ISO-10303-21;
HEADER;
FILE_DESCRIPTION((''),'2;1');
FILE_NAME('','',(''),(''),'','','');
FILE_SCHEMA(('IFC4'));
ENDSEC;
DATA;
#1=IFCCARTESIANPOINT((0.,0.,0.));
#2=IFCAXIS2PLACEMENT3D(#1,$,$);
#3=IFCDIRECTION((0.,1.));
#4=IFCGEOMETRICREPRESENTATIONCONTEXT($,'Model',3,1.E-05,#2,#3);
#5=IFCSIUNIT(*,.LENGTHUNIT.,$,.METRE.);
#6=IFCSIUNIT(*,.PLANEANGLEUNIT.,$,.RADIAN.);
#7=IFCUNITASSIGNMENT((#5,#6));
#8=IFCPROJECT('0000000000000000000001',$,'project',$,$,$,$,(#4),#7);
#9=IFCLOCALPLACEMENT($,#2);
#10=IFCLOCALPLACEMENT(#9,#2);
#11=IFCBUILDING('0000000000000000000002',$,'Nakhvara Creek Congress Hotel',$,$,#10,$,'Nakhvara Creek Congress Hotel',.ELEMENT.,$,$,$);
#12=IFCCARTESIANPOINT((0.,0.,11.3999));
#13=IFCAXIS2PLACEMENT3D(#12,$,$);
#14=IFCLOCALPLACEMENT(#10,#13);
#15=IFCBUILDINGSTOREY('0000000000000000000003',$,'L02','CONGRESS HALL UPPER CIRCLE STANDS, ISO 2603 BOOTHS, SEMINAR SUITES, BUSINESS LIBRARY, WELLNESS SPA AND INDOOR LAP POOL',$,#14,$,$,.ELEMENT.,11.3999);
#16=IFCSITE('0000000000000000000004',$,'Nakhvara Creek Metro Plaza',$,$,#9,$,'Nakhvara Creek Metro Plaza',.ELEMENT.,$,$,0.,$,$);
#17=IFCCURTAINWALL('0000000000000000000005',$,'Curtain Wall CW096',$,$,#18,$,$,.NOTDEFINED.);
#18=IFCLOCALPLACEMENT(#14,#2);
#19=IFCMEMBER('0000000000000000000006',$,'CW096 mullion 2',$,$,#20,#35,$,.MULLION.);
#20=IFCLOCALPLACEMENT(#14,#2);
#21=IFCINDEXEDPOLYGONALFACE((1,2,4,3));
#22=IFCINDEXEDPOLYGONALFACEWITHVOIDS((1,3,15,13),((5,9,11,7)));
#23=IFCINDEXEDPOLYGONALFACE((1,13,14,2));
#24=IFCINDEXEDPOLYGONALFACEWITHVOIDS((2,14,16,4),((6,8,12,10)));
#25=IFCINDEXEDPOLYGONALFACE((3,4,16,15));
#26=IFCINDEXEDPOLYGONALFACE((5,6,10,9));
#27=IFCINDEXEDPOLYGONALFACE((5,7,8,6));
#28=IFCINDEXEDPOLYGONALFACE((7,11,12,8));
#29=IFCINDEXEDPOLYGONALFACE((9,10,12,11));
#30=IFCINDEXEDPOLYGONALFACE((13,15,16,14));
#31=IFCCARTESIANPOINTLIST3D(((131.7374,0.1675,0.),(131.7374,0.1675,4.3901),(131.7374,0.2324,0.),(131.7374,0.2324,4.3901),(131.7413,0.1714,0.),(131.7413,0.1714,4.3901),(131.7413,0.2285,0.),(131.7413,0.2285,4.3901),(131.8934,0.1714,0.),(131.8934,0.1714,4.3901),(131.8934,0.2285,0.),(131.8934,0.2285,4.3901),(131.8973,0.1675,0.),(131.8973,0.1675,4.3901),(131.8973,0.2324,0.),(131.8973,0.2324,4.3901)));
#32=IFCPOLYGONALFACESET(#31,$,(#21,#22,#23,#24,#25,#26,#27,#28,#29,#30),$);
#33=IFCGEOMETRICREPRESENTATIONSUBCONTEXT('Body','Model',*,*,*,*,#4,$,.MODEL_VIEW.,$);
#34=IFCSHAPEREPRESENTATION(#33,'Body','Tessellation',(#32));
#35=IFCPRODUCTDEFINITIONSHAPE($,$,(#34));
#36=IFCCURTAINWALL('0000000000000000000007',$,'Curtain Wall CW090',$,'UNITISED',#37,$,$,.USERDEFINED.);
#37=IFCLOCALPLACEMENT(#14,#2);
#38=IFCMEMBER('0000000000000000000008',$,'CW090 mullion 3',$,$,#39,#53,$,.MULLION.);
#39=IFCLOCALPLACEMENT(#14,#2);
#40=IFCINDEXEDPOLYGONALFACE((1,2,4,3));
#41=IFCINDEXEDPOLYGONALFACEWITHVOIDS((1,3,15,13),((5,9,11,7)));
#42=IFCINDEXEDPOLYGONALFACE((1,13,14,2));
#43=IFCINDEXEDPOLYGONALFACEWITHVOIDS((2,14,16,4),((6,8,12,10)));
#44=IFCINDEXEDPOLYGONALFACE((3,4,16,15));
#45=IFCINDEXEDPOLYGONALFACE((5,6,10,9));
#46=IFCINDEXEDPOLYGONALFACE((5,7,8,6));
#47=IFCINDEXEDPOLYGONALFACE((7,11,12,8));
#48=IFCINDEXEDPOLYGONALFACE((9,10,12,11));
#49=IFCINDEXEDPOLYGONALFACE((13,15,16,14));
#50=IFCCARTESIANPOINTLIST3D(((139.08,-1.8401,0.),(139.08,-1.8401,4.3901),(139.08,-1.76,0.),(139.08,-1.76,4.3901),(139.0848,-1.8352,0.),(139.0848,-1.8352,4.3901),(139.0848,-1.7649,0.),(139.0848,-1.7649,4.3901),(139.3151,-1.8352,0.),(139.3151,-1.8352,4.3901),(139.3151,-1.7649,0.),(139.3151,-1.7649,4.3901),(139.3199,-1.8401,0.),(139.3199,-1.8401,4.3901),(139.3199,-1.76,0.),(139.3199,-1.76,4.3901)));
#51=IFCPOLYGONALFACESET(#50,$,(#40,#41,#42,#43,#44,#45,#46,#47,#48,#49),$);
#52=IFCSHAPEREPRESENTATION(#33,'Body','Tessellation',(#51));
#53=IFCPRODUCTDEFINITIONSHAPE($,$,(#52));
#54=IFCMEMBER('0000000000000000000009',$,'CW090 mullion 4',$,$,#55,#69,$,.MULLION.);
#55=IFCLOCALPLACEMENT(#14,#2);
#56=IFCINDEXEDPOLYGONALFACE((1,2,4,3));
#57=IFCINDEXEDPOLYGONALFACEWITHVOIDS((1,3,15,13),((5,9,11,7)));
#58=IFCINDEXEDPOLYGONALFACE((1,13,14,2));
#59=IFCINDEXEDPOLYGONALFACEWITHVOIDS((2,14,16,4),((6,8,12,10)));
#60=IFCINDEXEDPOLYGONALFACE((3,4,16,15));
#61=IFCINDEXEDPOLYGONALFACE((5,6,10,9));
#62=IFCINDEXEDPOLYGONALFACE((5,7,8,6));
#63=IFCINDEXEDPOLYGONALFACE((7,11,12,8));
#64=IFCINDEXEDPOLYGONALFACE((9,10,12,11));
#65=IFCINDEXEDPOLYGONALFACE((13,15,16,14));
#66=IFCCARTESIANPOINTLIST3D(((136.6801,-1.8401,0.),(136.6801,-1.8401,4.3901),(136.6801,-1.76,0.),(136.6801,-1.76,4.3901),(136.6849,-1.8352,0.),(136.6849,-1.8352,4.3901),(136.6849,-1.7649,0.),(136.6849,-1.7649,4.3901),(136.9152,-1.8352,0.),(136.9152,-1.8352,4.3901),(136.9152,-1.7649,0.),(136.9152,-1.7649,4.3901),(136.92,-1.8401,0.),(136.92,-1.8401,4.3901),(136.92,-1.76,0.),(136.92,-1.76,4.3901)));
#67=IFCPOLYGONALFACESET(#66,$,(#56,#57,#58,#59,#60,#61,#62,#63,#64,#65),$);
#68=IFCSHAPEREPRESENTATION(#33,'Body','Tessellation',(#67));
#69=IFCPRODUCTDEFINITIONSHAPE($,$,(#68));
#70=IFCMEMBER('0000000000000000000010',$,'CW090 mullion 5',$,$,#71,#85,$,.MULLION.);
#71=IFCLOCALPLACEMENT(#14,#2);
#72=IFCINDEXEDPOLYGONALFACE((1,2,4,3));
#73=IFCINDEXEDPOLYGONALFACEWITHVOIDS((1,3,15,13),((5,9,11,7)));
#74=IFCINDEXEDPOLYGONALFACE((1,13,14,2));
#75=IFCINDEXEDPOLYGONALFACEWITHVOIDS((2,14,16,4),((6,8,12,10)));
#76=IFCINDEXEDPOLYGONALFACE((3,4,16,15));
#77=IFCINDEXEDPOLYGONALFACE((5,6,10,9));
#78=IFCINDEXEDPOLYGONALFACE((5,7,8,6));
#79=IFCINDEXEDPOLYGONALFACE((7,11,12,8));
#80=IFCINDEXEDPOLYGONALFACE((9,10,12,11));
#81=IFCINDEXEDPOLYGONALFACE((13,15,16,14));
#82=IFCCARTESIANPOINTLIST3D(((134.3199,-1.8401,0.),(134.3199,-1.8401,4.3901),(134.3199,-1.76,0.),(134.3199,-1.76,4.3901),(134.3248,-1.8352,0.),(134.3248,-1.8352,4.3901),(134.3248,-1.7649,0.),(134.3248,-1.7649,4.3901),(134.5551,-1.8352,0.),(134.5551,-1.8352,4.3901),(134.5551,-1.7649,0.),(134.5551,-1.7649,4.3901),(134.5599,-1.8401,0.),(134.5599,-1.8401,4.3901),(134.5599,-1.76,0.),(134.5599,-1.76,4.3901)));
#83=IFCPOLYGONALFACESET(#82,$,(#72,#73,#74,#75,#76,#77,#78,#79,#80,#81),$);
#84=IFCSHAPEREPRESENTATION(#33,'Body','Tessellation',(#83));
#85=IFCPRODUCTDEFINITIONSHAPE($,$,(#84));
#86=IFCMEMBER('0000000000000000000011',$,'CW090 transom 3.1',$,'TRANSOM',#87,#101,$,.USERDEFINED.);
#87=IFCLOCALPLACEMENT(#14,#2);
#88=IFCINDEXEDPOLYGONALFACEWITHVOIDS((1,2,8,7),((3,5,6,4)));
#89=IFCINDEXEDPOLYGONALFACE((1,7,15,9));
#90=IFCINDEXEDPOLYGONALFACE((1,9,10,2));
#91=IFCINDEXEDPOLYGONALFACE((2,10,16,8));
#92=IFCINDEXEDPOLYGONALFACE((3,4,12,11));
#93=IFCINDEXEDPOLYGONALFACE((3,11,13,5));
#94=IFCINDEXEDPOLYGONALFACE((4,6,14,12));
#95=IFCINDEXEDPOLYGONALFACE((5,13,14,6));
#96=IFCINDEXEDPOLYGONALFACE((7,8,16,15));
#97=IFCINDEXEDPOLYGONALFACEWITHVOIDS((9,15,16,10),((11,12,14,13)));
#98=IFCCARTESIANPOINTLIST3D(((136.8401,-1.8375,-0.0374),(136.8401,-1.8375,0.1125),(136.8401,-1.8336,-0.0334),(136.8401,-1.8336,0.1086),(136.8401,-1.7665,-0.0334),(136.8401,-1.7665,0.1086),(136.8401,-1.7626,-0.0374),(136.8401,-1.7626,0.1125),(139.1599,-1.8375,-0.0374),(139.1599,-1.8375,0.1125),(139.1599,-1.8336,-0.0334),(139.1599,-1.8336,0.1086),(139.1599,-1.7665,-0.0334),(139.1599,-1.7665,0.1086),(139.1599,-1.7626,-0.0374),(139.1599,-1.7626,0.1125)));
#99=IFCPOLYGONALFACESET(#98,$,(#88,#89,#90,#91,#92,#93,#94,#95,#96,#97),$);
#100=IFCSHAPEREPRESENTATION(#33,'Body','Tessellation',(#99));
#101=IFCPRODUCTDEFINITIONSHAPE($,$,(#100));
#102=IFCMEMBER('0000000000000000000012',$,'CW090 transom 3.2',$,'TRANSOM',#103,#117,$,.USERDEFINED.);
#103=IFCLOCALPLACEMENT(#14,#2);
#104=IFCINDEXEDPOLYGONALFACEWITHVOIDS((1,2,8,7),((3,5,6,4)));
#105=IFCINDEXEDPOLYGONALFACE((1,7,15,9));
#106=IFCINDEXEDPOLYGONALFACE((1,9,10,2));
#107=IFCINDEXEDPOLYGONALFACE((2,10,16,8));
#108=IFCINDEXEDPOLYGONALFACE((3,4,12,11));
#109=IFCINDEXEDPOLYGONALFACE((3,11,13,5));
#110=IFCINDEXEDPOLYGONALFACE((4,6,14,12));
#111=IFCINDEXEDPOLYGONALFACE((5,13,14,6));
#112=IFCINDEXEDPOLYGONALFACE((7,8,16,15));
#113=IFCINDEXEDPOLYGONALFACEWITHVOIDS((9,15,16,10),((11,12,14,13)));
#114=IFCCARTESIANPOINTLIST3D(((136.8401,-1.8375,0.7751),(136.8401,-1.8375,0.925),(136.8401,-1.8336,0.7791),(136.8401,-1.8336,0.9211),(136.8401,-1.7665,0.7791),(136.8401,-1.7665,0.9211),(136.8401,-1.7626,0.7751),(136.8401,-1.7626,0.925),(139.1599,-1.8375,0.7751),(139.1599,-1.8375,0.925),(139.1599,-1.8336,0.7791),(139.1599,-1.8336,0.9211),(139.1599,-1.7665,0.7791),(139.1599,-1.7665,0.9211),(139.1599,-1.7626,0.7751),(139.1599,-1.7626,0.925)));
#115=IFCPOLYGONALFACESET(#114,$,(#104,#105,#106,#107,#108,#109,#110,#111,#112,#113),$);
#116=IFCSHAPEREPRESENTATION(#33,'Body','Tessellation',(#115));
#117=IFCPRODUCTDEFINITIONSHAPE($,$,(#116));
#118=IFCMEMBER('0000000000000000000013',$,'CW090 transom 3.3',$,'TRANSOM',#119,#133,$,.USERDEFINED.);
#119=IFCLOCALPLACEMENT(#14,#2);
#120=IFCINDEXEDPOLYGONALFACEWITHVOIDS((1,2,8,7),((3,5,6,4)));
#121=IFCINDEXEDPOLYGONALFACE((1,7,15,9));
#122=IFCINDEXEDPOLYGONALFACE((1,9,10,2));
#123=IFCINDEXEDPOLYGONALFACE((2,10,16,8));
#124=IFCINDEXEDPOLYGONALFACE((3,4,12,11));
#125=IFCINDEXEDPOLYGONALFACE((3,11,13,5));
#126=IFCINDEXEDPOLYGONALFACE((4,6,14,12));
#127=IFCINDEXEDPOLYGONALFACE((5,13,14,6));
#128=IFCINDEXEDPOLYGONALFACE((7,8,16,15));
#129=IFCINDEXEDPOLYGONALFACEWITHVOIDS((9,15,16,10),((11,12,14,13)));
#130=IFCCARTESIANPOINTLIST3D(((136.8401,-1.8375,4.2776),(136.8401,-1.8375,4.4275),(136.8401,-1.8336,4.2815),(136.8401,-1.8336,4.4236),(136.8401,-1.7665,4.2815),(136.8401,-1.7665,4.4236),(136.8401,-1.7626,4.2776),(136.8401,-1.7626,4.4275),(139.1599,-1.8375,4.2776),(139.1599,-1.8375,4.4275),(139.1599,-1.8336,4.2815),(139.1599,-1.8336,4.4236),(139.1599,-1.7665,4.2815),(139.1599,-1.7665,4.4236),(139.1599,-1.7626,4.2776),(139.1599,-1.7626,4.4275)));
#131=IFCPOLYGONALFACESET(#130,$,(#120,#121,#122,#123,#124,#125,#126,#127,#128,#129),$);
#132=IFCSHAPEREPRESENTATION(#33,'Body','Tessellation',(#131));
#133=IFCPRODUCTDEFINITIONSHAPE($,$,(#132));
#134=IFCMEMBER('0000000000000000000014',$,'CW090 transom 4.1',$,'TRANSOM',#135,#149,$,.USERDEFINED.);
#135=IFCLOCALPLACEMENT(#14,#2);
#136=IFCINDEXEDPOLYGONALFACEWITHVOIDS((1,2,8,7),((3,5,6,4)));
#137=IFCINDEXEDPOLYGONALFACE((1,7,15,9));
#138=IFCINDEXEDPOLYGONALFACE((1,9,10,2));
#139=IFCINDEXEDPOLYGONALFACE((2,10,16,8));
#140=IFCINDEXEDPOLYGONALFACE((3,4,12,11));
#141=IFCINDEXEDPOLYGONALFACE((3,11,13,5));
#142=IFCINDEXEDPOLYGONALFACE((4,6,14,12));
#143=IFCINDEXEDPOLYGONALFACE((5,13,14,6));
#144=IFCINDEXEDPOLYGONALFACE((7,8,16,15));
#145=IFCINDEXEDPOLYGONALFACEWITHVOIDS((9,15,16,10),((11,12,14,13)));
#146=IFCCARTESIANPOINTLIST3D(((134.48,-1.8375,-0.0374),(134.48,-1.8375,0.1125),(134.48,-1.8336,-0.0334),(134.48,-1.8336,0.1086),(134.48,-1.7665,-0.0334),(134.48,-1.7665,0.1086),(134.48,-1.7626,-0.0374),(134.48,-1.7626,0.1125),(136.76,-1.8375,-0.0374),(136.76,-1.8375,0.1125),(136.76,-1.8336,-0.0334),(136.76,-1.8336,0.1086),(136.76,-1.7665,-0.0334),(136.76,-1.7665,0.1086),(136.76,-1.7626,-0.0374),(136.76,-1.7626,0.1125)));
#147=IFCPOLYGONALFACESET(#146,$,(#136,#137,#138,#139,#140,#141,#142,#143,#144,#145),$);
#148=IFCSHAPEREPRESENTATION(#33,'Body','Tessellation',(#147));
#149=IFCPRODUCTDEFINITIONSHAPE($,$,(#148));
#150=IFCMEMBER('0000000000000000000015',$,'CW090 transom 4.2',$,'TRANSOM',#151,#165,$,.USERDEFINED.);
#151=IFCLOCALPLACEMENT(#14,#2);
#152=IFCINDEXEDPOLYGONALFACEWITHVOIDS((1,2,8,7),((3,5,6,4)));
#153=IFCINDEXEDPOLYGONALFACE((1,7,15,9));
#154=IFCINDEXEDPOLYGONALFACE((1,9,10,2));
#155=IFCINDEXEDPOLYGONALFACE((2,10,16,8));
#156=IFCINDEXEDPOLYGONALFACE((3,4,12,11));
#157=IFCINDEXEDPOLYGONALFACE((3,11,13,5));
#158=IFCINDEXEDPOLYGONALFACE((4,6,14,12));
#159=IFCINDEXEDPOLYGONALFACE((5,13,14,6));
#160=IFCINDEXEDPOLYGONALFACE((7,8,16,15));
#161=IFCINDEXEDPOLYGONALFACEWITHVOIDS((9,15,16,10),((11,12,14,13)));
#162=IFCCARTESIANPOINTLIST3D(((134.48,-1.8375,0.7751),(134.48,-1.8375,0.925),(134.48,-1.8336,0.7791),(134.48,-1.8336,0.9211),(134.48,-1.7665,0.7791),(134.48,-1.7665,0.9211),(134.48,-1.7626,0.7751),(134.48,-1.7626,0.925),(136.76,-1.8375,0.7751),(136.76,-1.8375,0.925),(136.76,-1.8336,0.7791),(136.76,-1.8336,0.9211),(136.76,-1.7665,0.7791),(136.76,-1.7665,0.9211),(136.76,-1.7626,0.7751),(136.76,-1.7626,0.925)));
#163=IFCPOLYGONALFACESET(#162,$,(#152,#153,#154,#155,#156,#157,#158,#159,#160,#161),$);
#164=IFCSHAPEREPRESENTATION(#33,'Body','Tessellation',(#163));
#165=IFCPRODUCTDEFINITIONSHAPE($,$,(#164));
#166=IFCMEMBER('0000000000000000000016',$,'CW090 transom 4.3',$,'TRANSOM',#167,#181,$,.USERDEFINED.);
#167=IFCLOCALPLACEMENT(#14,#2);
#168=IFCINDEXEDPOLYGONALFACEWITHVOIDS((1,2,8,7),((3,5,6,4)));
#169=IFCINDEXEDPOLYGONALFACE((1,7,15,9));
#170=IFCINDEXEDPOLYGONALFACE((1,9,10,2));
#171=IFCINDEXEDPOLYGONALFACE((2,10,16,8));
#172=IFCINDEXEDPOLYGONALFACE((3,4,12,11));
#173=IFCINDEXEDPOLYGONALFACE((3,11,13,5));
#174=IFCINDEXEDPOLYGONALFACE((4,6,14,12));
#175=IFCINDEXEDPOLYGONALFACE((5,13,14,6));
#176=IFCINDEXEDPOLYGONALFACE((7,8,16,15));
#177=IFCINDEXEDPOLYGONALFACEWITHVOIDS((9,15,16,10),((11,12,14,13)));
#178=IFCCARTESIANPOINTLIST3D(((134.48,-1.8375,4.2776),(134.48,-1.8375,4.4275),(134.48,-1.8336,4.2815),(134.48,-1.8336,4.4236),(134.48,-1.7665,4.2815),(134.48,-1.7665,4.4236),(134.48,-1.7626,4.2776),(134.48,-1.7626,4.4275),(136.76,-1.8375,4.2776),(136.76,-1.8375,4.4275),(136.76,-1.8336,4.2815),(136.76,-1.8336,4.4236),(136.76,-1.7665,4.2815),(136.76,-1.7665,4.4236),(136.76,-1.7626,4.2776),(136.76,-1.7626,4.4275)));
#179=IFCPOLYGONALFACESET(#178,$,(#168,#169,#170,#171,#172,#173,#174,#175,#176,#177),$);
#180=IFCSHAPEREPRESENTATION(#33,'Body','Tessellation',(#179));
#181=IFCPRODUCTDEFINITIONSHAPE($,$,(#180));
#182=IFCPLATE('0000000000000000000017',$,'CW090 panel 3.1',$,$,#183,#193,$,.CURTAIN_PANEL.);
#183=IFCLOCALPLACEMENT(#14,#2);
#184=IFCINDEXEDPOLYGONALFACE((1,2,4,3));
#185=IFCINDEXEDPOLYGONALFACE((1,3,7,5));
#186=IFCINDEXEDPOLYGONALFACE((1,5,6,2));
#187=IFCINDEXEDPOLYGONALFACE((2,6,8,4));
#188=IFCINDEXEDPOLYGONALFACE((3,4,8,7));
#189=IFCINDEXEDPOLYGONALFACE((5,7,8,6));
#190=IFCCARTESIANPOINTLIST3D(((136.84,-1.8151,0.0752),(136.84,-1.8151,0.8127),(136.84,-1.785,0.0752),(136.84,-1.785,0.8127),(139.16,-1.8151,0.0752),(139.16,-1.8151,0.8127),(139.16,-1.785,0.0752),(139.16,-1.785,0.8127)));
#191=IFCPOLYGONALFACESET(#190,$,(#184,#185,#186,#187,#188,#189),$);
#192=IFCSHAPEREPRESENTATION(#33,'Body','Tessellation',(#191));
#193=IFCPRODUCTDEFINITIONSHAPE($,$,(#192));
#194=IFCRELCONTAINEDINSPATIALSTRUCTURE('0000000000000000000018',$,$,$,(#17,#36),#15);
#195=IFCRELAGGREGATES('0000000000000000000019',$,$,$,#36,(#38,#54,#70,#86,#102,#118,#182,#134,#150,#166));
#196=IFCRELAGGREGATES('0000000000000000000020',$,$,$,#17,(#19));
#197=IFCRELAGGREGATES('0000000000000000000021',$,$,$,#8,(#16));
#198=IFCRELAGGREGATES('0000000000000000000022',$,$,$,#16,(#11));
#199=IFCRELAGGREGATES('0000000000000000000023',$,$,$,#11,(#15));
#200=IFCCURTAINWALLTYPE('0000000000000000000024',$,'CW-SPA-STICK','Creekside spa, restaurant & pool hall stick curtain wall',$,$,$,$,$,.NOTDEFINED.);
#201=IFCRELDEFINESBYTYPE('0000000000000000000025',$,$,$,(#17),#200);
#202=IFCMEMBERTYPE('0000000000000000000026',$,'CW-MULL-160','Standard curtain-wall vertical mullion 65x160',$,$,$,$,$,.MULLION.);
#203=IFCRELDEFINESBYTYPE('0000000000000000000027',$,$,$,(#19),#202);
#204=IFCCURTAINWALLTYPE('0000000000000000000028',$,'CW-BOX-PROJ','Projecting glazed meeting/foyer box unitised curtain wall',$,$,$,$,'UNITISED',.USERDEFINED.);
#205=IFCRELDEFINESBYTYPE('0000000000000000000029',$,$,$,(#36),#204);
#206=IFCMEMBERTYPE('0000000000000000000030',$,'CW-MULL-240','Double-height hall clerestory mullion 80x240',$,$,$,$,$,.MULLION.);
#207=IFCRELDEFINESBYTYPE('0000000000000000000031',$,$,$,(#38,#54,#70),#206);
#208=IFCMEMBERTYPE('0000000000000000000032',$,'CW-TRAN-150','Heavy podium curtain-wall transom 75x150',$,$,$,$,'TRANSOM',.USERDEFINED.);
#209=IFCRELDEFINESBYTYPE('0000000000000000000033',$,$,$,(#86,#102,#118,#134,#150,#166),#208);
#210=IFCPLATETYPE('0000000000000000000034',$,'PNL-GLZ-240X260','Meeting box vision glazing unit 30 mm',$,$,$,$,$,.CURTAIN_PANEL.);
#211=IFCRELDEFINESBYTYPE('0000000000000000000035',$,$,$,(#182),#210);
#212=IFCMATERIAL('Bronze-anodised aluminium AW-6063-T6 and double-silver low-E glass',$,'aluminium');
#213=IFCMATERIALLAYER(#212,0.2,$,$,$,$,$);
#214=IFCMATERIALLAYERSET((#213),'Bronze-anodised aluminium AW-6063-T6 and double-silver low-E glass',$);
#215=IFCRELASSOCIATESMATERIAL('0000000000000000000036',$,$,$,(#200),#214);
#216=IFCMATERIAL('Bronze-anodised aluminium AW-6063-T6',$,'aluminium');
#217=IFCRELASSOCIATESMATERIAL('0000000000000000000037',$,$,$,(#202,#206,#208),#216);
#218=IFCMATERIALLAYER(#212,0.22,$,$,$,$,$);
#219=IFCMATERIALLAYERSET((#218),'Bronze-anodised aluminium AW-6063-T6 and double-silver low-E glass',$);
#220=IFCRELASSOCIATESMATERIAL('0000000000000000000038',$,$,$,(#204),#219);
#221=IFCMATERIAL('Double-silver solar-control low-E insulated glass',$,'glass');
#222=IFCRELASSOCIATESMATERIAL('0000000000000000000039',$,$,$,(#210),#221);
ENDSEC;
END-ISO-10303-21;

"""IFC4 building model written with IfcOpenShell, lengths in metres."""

from ifc_helpers import new_model, si_unit, direction, frame, origin, origin_2d, place, context, subcontext, project, spatial, rectangle, hollow_rectangle, extrude, material, layer, layer_set, material_profile, profile_set, type_object, element, aggregate, save


model = new_model("IFC4")

# Units and contexts
model_context = context("Model", 3, precision=1e-05, world=origin(), true_north=direction((0.0, 1.0)))
body_context = subcontext(model_context, "Body", "Model", "MODEL_VIEW")
ifc_project = project(units=[si_unit("LENGTHUNIT", "METRE"), si_unit("PLANEANGLEUNIT", "RADIAN")], contexts=[model_context])

# Site, building, storey
site_placement = place(None, origin())
site = spatial("IfcSite", under=ifc_project, at=site_placement, Name="Nakhvara Creek Metro Plaza", LongName="Nakhvara Creek Metro Plaza", CompositionType="ELEMENT", RefElevation=0.0)
building_placement = place(site_placement, origin())
building = spatial("IfcBuilding", under=site, at=building_placement, Name="Nakhvara Creek Congress Hotel", LongName="Nakhvara Creek Congress Hotel", CompositionType="ELEMENT")
storey_placement = place(building_placement, frame((0.0, 0.0, 11.3999)))
storey = spatial("IfcBuildingStorey", under=building, at=storey_placement, Name="L02", Description="CONGRESS HALL UPPER CIRCLE STANDS, ISO 2603 BOOTHS, SEMINAR SUITES, BUSINESS LIBRARY, WELLNESS SPA AND INDOOR LAP POOL", CompositionType="ELEMENT", Elevation=11.3999)

# Curtain wall, member
ifc_material_1 = material(Name="Bronze-anodised aluminium AW-6063-T6 and double-silver low-E glass", Category="aluminium")
ifc_layer_1 = layer(ifc_material_1, 0.2)
ifc_layer_set_1 = layer_set([ifc_layer_1], Name="Bronze-anodised aluminium AW-6063-T6 and double-silver low-E glass")
curtain_wall_type_1 = type_object("IfcCurtainWallType", Name="CW-SPA-STICK", Description="Creekside spa, restaurant & pool hall stick curtain wall", PredefinedType="NOTDEFINED", material=ifc_layer_set_1)
curtain_wall_1_placement = place(storey_placement, origin())
curtain_wall_1 = element("IfcCurtainWall", 1, at=curtain_wall_1_placement, inside=storey, type_object=curtain_wall_type_1, Name="Curtain Wall CW096", PredefinedType="NOTDEFINED")
ifc_material_2 = material(Name="Bronze-anodised aluminium AW-6063-T6", Category="aluminium")
ifc_material_profile_1 = material_profile(ifc_material_2, hollow_rectangle(XDim=0.0649, YDim=0.1599, WallThickness=0.0039, at=origin_2d()), Name="ALU-MULL 65x160x4", Category="LoadBearing")
ifc_profile_set_1 = profile_set([ifc_material_profile_1], Name="Bronze-anodised aluminium AW-6063-T6")
member_type_1 = type_object("IfcMemberType", Name="CW-MULL-160", Description="Standard curtain-wall vertical mullion 65x160", PredefinedType="MULLION", material=ifc_profile_set_1)
member_1_placement = place(storey_placement, frame((131.8174, 0.2, 0.0), z_axis=(0.0, 0.0, 1.0), x_axis=(0.0, -1.0, 0.0)))
member_1 = element("IfcMember", 2, at=member_1_placement, type_object=member_type_1, Name="CW096 mullion 2", PredefinedType="MULLION", context=body_context, shape_type="SweptSolid", body=[
    extrude(hollow_rectangle(XDim=0.0649, YDim=0.1599, WallThickness=0.0039, at=origin_2d()), origin(), (0.0, 0.0, 1.0), 4.3901),
])

# Curtain wall, members, plate
ifc_layer_2 = layer(ifc_material_1, 0.22)
ifc_layer_set_2 = layer_set([ifc_layer_2], Name="Bronze-anodised aluminium AW-6063-T6 and double-silver low-E glass")
curtain_wall_type_2 = type_object("IfcCurtainWallType", Name="CW-BOX-PROJ", Description="Projecting glazed meeting/foyer box unitised curtain wall", ElementType="UNITISED", PredefinedType="USERDEFINED", material=ifc_layer_set_2)
curtain_wall_2_placement = place(storey_placement, origin())
curtain_wall_2 = element("IfcCurtainWall", 3, at=curtain_wall_2_placement, inside=storey, type_object=curtain_wall_type_2, Name="Curtain Wall CW090", ObjectType="UNITISED", PredefinedType="USERDEFINED")
ifc_material_profile_2 = material_profile(ifc_material_2, hollow_rectangle(XDim=0.0801, YDim=0.24, WallThickness=0.0049, at=origin_2d()), Name="ALU-MULL 80x240x5", Category="LoadBearing")
ifc_profile_set_2 = profile_set([ifc_material_profile_2], Name="Bronze-anodised aluminium AW-6063-T6")
member_type_2 = type_object("IfcMemberType", Name="CW-MULL-240", Description="Double-height hall clerestory mullion 80x240", PredefinedType="MULLION", material=ifc_profile_set_2)
member_2_placement = place(storey_placement, frame((139.2, -1.8, 0.0), z_axis=(0.0, 0.0, 1.0), x_axis=(0.0, -1.0, 0.0)))
member_2 = element("IfcMember", 4, at=member_2_placement, type_object=member_type_2, Name="CW090 mullion 3", PredefinedType="MULLION", context=body_context, shape_type="SweptSolid", body=[
    extrude(hollow_rectangle(XDim=0.0801, YDim=0.24, WallThickness=0.0049, at=origin_2d()), origin(), (0.0, 0.0, 1.0), 4.3901),
])
member_3_placement = place(storey_placement, frame((136.8, -1.8, 0.0), z_axis=(0.0, 0.0, 1.0), x_axis=(0.0, -1.0, 0.0)))
member_3 = element("IfcMember", 5, at=member_3_placement, type_object=member_type_2, Name="CW090 mullion 4", PredefinedType="MULLION", context=body_context, shape_type="SweptSolid", body=[
    extrude(hollow_rectangle(XDim=0.0801, YDim=0.24, WallThickness=0.0049, at=origin_2d()), origin(), (0.0, 0.0, 1.0), 4.3901),
])
member_4_placement = place(storey_placement, frame((134.4399, -1.8, 0.0), z_axis=(0.0, 0.0, 1.0), x_axis=(0.0, -1.0, 0.0)))
member_4 = element("IfcMember", 6, at=member_4_placement, type_object=member_type_2, Name="CW090 mullion 5", PredefinedType="MULLION", context=body_context, shape_type="SweptSolid", body=[
    extrude(hollow_rectangle(XDim=0.0801, YDim=0.24, WallThickness=0.0049, at=origin_2d()), origin(), (0.0, 0.0, 1.0), 4.3901),
])
ifc_material_profile_3 = material_profile(ifc_material_2, hollow_rectangle(XDim=0.075, YDim=0.1499, WallThickness=0.0039, at=origin_2d()), Name="ALU-TRAN 75x150x4", Category="LoadBearing")
ifc_profile_set_3 = profile_set([ifc_material_profile_3], Name="Bronze-anodised aluminium AW-6063-T6")
member_type_3 = type_object("IfcMemberType", Name="CW-TRAN-150", Description="Heavy podium curtain-wall transom 75x150", ElementType="TRANSOM", PredefinedType="USERDEFINED", material=ifc_profile_set_3)
member_5_placement = place(storey_placement, frame((139.1599, -1.8, 0.0376), z_axis=(-1.0, 0.0, 0.0), x_axis=(0.0, -1.0, 0.0)))
member_5 = element("IfcMember", 7, at=member_5_placement, type_object=member_type_3, Name="CW090 transom 3.1", ObjectType="TRANSOM", PredefinedType="USERDEFINED", context=body_context, shape_type="SweptSolid", body=[
    extrude(hollow_rectangle(XDim=0.075, YDim=0.1499, WallThickness=0.0039, at=origin_2d()), origin(), (0.0, 0.0, 1.0), 2.3198),
])
member_6_placement = place(storey_placement, frame((139.1599, -1.8, 0.8501), z_axis=(-1.0, 0.0, 0.0), x_axis=(0.0, -1.0, 0.0)))
member_6 = element("IfcMember", 8, at=member_6_placement, type_object=member_type_3, Name="CW090 transom 3.2", ObjectType="TRANSOM", PredefinedType="USERDEFINED", context=body_context, shape_type="SweptSolid", body=[
    extrude(hollow_rectangle(XDim=0.075, YDim=0.1499, WallThickness=0.0039, at=origin_2d()), origin(), (0.0, 0.0, 1.0), 2.3198),
])
member_7_placement = place(storey_placement, frame((139.1599, -1.8, 4.3525), z_axis=(-1.0, 0.0, 0.0), x_axis=(0.0, -1.0, 0.0)))
member_7 = element("IfcMember", 9, at=member_7_placement, type_object=member_type_3, Name="CW090 transom 3.3", ObjectType="TRANSOM", PredefinedType="USERDEFINED", context=body_context, shape_type="SweptSolid", body=[
    extrude(hollow_rectangle(XDim=0.075, YDim=0.1499, WallThickness=0.0039, at=origin_2d()), origin(), (0.0, 0.0, 1.0), 2.3198),
])
member_8_placement = place(storey_placement, frame((136.76, -1.8, 0.0376), z_axis=(-1.0, 0.0, 0.0), x_axis=(0.0, -1.0, 0.0)))
member_8 = element("IfcMember", 10, at=member_8_placement, type_object=member_type_3, Name="CW090 transom 4.1", ObjectType="TRANSOM", PredefinedType="USERDEFINED", context=body_context, shape_type="SweptSolid", body=[
    extrude(hollow_rectangle(XDim=0.075, YDim=0.1499, WallThickness=0.0039, at=origin_2d()), origin(), (0.0, 0.0, 1.0), 2.28),
])
member_9_placement = place(storey_placement, frame((136.76, -1.8, 0.8501), z_axis=(-1.0, 0.0, 0.0), x_axis=(0.0, -1.0, 0.0)))
member_9 = element("IfcMember", 11, at=member_9_placement, type_object=member_type_3, Name="CW090 transom 4.2", ObjectType="TRANSOM", PredefinedType="USERDEFINED", context=body_context, shape_type="SweptSolid", body=[
    extrude(hollow_rectangle(XDim=0.075, YDim=0.1499, WallThickness=0.0039, at=origin_2d()), origin(), (0.0, 0.0, 1.0), 2.28),
])
member_10_placement = place(storey_placement, frame((136.76, -1.8, 4.3525), z_axis=(-1.0, 0.0, 0.0), x_axis=(0.0, -1.0, 0.0)))
member_10 = element("IfcMember", 12, at=member_10_placement, type_object=member_type_3, Name="CW090 transom 4.3", ObjectType="TRANSOM", PredefinedType="USERDEFINED", context=body_context, shape_type="SweptSolid", body=[
    extrude(hollow_rectangle(XDim=0.075, YDim=0.1499, WallThickness=0.0039, at=origin_2d()), origin(), (0.0, 0.0, 1.0), 2.28),
])
ifc_material_3 = material(Name="Double-silver solar-control low-E insulated glass", Category="glass")
plate_type = type_object("IfcPlateType", Name="PNL-GLZ-240X260", Description="Meeting box vision glazing unit 30 mm", PredefinedType="CURTAIN_PANEL", material=ifc_material_3)
plate_1_placement = place(storey_placement, frame((138.0, -1.8, 0.0752), z_axis=(0.0, 0.0, 1.0), x_axis=(-1.0, 0.0, 0.0)))
plate_1 = element("IfcPlate", 13, at=plate_1_placement, type_object=plate_type, Name="CW090 panel 3.1", PredefinedType="CURTAIN_PANEL", context=body_context, shape_type="SweptSolid", body=[
    extrude(rectangle(XDim=2.3201, YDim=0.03, at=origin_2d()), origin(), (0.0, 0.0, 1.0), 0.7375),
])
aggregate(curtain_wall_2, [member_2, member_3, member_4, member_5, member_6, member_7, plate_1, member_8, member_9, member_10])

aggregate(curtain_wall_1, [member_1])

save(model, "model.ifc")
